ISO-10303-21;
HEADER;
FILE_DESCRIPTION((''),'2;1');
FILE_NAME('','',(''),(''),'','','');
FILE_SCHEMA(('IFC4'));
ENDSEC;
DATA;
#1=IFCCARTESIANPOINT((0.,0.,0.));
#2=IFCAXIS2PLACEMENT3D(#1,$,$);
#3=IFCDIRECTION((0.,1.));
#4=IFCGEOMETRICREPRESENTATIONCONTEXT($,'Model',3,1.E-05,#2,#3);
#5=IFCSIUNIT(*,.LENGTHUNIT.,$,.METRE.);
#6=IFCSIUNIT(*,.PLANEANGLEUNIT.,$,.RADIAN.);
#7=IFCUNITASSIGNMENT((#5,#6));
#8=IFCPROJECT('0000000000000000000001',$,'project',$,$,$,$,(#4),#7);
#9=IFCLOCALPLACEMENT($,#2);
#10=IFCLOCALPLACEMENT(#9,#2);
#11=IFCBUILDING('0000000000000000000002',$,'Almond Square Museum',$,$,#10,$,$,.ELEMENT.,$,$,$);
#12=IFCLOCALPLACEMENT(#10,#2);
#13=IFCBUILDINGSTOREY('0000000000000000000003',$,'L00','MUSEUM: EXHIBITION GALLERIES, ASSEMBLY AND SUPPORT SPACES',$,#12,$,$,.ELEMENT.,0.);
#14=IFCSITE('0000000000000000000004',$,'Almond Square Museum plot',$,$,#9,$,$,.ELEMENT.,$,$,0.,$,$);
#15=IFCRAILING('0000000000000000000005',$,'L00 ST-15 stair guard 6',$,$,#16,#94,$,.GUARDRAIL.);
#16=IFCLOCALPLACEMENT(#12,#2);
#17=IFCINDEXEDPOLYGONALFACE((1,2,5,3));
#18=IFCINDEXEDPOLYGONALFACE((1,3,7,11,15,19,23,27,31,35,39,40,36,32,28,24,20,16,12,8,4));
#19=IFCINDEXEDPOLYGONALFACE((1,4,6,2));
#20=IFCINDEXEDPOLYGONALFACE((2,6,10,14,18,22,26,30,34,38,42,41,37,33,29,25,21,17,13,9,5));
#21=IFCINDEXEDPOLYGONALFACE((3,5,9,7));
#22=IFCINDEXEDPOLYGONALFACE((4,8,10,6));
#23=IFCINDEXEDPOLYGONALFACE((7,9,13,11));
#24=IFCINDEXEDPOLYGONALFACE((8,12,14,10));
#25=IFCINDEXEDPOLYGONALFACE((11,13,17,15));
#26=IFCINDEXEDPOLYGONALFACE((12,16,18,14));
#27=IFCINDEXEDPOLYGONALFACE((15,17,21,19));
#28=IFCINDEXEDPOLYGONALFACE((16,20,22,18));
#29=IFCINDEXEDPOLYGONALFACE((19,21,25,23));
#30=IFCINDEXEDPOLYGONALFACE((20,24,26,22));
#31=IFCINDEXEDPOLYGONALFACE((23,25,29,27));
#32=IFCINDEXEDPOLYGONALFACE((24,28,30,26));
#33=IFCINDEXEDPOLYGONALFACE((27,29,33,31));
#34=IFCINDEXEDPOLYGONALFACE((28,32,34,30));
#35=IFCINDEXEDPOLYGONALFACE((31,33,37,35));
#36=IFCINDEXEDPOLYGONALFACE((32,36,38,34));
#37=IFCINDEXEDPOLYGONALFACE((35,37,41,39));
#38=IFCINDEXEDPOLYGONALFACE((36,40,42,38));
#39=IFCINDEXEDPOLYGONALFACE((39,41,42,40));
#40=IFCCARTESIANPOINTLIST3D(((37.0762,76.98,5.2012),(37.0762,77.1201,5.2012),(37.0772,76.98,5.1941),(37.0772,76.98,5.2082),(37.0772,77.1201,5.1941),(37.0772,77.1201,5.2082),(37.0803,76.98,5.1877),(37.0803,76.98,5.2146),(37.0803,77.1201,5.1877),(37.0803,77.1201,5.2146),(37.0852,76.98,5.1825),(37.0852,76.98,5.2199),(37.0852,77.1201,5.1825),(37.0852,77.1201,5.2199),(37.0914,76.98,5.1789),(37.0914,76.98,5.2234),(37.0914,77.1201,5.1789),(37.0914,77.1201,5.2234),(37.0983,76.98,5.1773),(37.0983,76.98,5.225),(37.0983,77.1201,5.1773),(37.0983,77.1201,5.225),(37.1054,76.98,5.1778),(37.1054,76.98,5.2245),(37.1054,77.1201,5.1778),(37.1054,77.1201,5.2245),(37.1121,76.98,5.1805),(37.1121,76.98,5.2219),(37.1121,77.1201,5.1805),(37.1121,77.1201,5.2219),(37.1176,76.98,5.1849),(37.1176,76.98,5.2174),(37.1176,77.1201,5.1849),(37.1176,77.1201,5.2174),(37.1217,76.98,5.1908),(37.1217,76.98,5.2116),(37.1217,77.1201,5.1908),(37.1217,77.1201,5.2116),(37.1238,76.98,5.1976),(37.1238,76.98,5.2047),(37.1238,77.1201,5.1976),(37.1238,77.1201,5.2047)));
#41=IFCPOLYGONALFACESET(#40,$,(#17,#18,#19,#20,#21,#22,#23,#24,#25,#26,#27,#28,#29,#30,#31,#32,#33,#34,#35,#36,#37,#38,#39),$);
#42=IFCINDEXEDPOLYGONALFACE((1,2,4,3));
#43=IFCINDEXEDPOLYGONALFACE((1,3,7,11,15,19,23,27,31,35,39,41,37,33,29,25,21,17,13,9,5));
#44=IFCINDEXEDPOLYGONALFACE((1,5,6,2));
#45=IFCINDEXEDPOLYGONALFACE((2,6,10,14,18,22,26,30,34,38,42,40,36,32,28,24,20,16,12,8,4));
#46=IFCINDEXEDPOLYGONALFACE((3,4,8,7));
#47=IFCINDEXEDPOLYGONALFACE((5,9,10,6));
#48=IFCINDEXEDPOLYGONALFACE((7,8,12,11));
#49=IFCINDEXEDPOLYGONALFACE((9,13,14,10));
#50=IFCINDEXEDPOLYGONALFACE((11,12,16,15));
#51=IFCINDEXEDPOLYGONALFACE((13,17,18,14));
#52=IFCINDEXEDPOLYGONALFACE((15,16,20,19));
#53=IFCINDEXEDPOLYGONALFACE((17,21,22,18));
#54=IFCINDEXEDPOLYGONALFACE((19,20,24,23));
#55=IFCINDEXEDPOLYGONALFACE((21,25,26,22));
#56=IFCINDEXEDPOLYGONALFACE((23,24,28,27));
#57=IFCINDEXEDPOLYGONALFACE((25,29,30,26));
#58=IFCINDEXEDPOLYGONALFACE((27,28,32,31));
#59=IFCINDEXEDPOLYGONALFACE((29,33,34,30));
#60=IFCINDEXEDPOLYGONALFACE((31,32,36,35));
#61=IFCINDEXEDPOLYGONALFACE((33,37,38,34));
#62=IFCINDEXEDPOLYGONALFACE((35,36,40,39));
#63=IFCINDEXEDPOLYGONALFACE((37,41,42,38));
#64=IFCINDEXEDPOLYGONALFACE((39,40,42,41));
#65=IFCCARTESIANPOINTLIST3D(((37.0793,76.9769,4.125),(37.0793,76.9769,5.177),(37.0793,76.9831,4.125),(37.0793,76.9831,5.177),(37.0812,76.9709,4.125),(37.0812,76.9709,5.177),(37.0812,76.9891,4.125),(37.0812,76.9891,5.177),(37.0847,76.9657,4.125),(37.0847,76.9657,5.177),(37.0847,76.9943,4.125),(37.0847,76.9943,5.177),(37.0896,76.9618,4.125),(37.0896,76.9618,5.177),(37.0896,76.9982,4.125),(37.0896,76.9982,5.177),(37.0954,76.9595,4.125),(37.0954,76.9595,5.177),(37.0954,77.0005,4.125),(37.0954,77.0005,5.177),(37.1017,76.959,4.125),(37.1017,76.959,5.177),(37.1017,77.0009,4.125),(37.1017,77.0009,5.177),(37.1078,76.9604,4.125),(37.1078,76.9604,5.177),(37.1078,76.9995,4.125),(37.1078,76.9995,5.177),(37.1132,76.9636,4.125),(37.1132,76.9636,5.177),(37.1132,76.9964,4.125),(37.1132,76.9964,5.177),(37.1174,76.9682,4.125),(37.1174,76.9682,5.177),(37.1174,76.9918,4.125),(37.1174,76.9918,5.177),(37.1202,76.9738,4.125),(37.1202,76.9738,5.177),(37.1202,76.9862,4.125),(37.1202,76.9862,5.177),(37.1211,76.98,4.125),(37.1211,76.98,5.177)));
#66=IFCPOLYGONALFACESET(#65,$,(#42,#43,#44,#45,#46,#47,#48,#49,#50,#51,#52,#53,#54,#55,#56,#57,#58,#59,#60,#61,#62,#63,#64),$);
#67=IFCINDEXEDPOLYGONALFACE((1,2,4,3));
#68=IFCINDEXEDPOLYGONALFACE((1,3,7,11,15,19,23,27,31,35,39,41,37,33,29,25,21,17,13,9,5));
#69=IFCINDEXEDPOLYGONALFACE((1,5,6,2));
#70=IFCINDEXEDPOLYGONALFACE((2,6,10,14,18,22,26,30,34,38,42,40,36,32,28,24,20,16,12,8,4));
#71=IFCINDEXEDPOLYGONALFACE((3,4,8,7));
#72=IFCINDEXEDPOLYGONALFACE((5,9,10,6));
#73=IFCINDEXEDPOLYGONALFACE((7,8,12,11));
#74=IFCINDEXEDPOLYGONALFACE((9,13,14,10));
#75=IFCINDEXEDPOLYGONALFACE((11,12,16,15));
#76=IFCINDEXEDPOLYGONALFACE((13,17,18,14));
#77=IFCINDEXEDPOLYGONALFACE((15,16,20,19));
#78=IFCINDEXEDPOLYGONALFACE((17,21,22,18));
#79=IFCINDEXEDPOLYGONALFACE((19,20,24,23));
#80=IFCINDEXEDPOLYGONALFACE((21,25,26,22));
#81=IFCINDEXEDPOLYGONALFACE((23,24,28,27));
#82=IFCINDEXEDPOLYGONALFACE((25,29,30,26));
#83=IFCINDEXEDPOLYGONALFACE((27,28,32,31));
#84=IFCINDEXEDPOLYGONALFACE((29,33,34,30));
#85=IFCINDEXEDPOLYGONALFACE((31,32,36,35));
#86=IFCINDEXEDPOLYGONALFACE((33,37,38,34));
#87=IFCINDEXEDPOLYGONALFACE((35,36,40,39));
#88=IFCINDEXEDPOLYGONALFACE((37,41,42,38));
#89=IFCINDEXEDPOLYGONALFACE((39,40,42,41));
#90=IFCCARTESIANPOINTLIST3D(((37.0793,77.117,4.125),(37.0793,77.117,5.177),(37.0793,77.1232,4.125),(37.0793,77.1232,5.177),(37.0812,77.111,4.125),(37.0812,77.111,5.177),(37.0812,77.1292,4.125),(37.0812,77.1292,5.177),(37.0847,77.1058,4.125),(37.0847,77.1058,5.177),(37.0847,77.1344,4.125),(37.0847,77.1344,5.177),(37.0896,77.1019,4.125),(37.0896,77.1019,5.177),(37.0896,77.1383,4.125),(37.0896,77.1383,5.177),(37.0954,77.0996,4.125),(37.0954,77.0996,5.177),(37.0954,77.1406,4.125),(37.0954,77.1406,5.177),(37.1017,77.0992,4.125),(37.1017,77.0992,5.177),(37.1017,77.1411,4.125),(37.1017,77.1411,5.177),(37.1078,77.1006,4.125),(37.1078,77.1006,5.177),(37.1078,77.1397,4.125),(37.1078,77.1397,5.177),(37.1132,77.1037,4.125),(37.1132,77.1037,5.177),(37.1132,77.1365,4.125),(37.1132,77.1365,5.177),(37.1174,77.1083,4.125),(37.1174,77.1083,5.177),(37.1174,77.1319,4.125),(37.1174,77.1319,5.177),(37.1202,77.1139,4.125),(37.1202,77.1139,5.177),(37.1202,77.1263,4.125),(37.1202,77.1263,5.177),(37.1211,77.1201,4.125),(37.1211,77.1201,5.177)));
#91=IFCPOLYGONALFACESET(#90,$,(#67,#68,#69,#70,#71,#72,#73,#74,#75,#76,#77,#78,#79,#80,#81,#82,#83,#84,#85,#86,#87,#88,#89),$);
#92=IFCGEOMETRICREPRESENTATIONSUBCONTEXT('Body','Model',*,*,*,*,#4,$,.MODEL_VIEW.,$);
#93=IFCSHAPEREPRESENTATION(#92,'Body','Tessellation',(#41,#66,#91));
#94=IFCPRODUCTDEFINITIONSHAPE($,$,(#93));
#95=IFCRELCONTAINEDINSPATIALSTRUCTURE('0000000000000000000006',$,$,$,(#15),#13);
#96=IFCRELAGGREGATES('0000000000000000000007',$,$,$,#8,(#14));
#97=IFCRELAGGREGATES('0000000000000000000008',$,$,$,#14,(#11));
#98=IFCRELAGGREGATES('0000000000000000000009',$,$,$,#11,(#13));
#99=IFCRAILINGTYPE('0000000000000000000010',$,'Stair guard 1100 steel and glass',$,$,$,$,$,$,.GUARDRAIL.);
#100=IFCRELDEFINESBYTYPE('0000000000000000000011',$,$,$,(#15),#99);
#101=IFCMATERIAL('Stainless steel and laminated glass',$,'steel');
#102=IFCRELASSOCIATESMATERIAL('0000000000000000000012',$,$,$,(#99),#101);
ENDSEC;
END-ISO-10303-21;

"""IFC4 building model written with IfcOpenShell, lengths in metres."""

from ifc_helpers import new_model, si_unit, direction, frame, origin, origin_2d, place, context, subcontext, project, spatial, circle, extrude, material, type_object, element, save


model = new_model("IFC4")

# Units and contexts
model_context = context("Model", 3, precision=1e-05, world=origin(), true_north=direction((0.0, 1.0)))
body_context = subcontext(model_context, "Body", "Model", "MODEL_VIEW")
ifc_project = project(units=[si_unit("LENGTHUNIT", "METRE"), si_unit("PLANEANGLEUNIT", "RADIAN")], contexts=[model_context])

# Site, building, storey
site_placement = place(None, origin())
site = spatial("IfcSite", under=ifc_project, at=site_placement, Name="Almond Square Museum plot", CompositionType="ELEMENT", RefElevation=0.0)
building_placement = place(site_placement, origin())
building = spatial("IfcBuilding", under=site, at=building_placement, Name="Almond Square Museum", CompositionType="ELEMENT")
storey_placement = place(building_placement, origin())
storey = spatial("IfcBuildingStorey", under=building, at=storey_placement, Name="L00", Description="MUSEUM: EXHIBITION GALLERIES, ASSEMBLY AND SUPPORT SPACES", CompositionType="ELEMENT", Elevation=0.0)

# Railing
ifc_material_1 = material(Name="Stainless steel and laminated glass", Category="steel")
railing_type_1 = type_object("IfcRailingType", Name="Stair guard 1100 steel and glass", PredefinedType="GUARDRAIL", material=ifc_material_1)
railing_1_placement = place(storey_placement, frame((37.1001, 76.98, 4.125)))
element("IfcRailing", 1, at=railing_1_placement, inside=storey, type_object=railing_type_1, Name="L00 ST-15 stair guard 6", PredefinedType="GUARDRAIL", context=body_context, shape_type="SweptSolid", body=[
    extrude(circle(Radius=0.0239, at=origin_2d()), frame((0.0, 0.0, 1.0762), z_axis=(0.0, 1.0, 0.0), x_axis=(-1.0, 0.0, 0.0)), (0.0, 0.0, 1.0), 0.1401),
    extrude(circle(Radius=0.021, at=origin_2d()), origin(), (0.0, 0.0, 1.0), 1.052),
    extrude(circle(Radius=0.021, at=origin_2d()), frame((0.0, 0.1401, 0.0)), (0.0, 0.0, 1.0), 1.052),
])

save(model, "model.ifc")
